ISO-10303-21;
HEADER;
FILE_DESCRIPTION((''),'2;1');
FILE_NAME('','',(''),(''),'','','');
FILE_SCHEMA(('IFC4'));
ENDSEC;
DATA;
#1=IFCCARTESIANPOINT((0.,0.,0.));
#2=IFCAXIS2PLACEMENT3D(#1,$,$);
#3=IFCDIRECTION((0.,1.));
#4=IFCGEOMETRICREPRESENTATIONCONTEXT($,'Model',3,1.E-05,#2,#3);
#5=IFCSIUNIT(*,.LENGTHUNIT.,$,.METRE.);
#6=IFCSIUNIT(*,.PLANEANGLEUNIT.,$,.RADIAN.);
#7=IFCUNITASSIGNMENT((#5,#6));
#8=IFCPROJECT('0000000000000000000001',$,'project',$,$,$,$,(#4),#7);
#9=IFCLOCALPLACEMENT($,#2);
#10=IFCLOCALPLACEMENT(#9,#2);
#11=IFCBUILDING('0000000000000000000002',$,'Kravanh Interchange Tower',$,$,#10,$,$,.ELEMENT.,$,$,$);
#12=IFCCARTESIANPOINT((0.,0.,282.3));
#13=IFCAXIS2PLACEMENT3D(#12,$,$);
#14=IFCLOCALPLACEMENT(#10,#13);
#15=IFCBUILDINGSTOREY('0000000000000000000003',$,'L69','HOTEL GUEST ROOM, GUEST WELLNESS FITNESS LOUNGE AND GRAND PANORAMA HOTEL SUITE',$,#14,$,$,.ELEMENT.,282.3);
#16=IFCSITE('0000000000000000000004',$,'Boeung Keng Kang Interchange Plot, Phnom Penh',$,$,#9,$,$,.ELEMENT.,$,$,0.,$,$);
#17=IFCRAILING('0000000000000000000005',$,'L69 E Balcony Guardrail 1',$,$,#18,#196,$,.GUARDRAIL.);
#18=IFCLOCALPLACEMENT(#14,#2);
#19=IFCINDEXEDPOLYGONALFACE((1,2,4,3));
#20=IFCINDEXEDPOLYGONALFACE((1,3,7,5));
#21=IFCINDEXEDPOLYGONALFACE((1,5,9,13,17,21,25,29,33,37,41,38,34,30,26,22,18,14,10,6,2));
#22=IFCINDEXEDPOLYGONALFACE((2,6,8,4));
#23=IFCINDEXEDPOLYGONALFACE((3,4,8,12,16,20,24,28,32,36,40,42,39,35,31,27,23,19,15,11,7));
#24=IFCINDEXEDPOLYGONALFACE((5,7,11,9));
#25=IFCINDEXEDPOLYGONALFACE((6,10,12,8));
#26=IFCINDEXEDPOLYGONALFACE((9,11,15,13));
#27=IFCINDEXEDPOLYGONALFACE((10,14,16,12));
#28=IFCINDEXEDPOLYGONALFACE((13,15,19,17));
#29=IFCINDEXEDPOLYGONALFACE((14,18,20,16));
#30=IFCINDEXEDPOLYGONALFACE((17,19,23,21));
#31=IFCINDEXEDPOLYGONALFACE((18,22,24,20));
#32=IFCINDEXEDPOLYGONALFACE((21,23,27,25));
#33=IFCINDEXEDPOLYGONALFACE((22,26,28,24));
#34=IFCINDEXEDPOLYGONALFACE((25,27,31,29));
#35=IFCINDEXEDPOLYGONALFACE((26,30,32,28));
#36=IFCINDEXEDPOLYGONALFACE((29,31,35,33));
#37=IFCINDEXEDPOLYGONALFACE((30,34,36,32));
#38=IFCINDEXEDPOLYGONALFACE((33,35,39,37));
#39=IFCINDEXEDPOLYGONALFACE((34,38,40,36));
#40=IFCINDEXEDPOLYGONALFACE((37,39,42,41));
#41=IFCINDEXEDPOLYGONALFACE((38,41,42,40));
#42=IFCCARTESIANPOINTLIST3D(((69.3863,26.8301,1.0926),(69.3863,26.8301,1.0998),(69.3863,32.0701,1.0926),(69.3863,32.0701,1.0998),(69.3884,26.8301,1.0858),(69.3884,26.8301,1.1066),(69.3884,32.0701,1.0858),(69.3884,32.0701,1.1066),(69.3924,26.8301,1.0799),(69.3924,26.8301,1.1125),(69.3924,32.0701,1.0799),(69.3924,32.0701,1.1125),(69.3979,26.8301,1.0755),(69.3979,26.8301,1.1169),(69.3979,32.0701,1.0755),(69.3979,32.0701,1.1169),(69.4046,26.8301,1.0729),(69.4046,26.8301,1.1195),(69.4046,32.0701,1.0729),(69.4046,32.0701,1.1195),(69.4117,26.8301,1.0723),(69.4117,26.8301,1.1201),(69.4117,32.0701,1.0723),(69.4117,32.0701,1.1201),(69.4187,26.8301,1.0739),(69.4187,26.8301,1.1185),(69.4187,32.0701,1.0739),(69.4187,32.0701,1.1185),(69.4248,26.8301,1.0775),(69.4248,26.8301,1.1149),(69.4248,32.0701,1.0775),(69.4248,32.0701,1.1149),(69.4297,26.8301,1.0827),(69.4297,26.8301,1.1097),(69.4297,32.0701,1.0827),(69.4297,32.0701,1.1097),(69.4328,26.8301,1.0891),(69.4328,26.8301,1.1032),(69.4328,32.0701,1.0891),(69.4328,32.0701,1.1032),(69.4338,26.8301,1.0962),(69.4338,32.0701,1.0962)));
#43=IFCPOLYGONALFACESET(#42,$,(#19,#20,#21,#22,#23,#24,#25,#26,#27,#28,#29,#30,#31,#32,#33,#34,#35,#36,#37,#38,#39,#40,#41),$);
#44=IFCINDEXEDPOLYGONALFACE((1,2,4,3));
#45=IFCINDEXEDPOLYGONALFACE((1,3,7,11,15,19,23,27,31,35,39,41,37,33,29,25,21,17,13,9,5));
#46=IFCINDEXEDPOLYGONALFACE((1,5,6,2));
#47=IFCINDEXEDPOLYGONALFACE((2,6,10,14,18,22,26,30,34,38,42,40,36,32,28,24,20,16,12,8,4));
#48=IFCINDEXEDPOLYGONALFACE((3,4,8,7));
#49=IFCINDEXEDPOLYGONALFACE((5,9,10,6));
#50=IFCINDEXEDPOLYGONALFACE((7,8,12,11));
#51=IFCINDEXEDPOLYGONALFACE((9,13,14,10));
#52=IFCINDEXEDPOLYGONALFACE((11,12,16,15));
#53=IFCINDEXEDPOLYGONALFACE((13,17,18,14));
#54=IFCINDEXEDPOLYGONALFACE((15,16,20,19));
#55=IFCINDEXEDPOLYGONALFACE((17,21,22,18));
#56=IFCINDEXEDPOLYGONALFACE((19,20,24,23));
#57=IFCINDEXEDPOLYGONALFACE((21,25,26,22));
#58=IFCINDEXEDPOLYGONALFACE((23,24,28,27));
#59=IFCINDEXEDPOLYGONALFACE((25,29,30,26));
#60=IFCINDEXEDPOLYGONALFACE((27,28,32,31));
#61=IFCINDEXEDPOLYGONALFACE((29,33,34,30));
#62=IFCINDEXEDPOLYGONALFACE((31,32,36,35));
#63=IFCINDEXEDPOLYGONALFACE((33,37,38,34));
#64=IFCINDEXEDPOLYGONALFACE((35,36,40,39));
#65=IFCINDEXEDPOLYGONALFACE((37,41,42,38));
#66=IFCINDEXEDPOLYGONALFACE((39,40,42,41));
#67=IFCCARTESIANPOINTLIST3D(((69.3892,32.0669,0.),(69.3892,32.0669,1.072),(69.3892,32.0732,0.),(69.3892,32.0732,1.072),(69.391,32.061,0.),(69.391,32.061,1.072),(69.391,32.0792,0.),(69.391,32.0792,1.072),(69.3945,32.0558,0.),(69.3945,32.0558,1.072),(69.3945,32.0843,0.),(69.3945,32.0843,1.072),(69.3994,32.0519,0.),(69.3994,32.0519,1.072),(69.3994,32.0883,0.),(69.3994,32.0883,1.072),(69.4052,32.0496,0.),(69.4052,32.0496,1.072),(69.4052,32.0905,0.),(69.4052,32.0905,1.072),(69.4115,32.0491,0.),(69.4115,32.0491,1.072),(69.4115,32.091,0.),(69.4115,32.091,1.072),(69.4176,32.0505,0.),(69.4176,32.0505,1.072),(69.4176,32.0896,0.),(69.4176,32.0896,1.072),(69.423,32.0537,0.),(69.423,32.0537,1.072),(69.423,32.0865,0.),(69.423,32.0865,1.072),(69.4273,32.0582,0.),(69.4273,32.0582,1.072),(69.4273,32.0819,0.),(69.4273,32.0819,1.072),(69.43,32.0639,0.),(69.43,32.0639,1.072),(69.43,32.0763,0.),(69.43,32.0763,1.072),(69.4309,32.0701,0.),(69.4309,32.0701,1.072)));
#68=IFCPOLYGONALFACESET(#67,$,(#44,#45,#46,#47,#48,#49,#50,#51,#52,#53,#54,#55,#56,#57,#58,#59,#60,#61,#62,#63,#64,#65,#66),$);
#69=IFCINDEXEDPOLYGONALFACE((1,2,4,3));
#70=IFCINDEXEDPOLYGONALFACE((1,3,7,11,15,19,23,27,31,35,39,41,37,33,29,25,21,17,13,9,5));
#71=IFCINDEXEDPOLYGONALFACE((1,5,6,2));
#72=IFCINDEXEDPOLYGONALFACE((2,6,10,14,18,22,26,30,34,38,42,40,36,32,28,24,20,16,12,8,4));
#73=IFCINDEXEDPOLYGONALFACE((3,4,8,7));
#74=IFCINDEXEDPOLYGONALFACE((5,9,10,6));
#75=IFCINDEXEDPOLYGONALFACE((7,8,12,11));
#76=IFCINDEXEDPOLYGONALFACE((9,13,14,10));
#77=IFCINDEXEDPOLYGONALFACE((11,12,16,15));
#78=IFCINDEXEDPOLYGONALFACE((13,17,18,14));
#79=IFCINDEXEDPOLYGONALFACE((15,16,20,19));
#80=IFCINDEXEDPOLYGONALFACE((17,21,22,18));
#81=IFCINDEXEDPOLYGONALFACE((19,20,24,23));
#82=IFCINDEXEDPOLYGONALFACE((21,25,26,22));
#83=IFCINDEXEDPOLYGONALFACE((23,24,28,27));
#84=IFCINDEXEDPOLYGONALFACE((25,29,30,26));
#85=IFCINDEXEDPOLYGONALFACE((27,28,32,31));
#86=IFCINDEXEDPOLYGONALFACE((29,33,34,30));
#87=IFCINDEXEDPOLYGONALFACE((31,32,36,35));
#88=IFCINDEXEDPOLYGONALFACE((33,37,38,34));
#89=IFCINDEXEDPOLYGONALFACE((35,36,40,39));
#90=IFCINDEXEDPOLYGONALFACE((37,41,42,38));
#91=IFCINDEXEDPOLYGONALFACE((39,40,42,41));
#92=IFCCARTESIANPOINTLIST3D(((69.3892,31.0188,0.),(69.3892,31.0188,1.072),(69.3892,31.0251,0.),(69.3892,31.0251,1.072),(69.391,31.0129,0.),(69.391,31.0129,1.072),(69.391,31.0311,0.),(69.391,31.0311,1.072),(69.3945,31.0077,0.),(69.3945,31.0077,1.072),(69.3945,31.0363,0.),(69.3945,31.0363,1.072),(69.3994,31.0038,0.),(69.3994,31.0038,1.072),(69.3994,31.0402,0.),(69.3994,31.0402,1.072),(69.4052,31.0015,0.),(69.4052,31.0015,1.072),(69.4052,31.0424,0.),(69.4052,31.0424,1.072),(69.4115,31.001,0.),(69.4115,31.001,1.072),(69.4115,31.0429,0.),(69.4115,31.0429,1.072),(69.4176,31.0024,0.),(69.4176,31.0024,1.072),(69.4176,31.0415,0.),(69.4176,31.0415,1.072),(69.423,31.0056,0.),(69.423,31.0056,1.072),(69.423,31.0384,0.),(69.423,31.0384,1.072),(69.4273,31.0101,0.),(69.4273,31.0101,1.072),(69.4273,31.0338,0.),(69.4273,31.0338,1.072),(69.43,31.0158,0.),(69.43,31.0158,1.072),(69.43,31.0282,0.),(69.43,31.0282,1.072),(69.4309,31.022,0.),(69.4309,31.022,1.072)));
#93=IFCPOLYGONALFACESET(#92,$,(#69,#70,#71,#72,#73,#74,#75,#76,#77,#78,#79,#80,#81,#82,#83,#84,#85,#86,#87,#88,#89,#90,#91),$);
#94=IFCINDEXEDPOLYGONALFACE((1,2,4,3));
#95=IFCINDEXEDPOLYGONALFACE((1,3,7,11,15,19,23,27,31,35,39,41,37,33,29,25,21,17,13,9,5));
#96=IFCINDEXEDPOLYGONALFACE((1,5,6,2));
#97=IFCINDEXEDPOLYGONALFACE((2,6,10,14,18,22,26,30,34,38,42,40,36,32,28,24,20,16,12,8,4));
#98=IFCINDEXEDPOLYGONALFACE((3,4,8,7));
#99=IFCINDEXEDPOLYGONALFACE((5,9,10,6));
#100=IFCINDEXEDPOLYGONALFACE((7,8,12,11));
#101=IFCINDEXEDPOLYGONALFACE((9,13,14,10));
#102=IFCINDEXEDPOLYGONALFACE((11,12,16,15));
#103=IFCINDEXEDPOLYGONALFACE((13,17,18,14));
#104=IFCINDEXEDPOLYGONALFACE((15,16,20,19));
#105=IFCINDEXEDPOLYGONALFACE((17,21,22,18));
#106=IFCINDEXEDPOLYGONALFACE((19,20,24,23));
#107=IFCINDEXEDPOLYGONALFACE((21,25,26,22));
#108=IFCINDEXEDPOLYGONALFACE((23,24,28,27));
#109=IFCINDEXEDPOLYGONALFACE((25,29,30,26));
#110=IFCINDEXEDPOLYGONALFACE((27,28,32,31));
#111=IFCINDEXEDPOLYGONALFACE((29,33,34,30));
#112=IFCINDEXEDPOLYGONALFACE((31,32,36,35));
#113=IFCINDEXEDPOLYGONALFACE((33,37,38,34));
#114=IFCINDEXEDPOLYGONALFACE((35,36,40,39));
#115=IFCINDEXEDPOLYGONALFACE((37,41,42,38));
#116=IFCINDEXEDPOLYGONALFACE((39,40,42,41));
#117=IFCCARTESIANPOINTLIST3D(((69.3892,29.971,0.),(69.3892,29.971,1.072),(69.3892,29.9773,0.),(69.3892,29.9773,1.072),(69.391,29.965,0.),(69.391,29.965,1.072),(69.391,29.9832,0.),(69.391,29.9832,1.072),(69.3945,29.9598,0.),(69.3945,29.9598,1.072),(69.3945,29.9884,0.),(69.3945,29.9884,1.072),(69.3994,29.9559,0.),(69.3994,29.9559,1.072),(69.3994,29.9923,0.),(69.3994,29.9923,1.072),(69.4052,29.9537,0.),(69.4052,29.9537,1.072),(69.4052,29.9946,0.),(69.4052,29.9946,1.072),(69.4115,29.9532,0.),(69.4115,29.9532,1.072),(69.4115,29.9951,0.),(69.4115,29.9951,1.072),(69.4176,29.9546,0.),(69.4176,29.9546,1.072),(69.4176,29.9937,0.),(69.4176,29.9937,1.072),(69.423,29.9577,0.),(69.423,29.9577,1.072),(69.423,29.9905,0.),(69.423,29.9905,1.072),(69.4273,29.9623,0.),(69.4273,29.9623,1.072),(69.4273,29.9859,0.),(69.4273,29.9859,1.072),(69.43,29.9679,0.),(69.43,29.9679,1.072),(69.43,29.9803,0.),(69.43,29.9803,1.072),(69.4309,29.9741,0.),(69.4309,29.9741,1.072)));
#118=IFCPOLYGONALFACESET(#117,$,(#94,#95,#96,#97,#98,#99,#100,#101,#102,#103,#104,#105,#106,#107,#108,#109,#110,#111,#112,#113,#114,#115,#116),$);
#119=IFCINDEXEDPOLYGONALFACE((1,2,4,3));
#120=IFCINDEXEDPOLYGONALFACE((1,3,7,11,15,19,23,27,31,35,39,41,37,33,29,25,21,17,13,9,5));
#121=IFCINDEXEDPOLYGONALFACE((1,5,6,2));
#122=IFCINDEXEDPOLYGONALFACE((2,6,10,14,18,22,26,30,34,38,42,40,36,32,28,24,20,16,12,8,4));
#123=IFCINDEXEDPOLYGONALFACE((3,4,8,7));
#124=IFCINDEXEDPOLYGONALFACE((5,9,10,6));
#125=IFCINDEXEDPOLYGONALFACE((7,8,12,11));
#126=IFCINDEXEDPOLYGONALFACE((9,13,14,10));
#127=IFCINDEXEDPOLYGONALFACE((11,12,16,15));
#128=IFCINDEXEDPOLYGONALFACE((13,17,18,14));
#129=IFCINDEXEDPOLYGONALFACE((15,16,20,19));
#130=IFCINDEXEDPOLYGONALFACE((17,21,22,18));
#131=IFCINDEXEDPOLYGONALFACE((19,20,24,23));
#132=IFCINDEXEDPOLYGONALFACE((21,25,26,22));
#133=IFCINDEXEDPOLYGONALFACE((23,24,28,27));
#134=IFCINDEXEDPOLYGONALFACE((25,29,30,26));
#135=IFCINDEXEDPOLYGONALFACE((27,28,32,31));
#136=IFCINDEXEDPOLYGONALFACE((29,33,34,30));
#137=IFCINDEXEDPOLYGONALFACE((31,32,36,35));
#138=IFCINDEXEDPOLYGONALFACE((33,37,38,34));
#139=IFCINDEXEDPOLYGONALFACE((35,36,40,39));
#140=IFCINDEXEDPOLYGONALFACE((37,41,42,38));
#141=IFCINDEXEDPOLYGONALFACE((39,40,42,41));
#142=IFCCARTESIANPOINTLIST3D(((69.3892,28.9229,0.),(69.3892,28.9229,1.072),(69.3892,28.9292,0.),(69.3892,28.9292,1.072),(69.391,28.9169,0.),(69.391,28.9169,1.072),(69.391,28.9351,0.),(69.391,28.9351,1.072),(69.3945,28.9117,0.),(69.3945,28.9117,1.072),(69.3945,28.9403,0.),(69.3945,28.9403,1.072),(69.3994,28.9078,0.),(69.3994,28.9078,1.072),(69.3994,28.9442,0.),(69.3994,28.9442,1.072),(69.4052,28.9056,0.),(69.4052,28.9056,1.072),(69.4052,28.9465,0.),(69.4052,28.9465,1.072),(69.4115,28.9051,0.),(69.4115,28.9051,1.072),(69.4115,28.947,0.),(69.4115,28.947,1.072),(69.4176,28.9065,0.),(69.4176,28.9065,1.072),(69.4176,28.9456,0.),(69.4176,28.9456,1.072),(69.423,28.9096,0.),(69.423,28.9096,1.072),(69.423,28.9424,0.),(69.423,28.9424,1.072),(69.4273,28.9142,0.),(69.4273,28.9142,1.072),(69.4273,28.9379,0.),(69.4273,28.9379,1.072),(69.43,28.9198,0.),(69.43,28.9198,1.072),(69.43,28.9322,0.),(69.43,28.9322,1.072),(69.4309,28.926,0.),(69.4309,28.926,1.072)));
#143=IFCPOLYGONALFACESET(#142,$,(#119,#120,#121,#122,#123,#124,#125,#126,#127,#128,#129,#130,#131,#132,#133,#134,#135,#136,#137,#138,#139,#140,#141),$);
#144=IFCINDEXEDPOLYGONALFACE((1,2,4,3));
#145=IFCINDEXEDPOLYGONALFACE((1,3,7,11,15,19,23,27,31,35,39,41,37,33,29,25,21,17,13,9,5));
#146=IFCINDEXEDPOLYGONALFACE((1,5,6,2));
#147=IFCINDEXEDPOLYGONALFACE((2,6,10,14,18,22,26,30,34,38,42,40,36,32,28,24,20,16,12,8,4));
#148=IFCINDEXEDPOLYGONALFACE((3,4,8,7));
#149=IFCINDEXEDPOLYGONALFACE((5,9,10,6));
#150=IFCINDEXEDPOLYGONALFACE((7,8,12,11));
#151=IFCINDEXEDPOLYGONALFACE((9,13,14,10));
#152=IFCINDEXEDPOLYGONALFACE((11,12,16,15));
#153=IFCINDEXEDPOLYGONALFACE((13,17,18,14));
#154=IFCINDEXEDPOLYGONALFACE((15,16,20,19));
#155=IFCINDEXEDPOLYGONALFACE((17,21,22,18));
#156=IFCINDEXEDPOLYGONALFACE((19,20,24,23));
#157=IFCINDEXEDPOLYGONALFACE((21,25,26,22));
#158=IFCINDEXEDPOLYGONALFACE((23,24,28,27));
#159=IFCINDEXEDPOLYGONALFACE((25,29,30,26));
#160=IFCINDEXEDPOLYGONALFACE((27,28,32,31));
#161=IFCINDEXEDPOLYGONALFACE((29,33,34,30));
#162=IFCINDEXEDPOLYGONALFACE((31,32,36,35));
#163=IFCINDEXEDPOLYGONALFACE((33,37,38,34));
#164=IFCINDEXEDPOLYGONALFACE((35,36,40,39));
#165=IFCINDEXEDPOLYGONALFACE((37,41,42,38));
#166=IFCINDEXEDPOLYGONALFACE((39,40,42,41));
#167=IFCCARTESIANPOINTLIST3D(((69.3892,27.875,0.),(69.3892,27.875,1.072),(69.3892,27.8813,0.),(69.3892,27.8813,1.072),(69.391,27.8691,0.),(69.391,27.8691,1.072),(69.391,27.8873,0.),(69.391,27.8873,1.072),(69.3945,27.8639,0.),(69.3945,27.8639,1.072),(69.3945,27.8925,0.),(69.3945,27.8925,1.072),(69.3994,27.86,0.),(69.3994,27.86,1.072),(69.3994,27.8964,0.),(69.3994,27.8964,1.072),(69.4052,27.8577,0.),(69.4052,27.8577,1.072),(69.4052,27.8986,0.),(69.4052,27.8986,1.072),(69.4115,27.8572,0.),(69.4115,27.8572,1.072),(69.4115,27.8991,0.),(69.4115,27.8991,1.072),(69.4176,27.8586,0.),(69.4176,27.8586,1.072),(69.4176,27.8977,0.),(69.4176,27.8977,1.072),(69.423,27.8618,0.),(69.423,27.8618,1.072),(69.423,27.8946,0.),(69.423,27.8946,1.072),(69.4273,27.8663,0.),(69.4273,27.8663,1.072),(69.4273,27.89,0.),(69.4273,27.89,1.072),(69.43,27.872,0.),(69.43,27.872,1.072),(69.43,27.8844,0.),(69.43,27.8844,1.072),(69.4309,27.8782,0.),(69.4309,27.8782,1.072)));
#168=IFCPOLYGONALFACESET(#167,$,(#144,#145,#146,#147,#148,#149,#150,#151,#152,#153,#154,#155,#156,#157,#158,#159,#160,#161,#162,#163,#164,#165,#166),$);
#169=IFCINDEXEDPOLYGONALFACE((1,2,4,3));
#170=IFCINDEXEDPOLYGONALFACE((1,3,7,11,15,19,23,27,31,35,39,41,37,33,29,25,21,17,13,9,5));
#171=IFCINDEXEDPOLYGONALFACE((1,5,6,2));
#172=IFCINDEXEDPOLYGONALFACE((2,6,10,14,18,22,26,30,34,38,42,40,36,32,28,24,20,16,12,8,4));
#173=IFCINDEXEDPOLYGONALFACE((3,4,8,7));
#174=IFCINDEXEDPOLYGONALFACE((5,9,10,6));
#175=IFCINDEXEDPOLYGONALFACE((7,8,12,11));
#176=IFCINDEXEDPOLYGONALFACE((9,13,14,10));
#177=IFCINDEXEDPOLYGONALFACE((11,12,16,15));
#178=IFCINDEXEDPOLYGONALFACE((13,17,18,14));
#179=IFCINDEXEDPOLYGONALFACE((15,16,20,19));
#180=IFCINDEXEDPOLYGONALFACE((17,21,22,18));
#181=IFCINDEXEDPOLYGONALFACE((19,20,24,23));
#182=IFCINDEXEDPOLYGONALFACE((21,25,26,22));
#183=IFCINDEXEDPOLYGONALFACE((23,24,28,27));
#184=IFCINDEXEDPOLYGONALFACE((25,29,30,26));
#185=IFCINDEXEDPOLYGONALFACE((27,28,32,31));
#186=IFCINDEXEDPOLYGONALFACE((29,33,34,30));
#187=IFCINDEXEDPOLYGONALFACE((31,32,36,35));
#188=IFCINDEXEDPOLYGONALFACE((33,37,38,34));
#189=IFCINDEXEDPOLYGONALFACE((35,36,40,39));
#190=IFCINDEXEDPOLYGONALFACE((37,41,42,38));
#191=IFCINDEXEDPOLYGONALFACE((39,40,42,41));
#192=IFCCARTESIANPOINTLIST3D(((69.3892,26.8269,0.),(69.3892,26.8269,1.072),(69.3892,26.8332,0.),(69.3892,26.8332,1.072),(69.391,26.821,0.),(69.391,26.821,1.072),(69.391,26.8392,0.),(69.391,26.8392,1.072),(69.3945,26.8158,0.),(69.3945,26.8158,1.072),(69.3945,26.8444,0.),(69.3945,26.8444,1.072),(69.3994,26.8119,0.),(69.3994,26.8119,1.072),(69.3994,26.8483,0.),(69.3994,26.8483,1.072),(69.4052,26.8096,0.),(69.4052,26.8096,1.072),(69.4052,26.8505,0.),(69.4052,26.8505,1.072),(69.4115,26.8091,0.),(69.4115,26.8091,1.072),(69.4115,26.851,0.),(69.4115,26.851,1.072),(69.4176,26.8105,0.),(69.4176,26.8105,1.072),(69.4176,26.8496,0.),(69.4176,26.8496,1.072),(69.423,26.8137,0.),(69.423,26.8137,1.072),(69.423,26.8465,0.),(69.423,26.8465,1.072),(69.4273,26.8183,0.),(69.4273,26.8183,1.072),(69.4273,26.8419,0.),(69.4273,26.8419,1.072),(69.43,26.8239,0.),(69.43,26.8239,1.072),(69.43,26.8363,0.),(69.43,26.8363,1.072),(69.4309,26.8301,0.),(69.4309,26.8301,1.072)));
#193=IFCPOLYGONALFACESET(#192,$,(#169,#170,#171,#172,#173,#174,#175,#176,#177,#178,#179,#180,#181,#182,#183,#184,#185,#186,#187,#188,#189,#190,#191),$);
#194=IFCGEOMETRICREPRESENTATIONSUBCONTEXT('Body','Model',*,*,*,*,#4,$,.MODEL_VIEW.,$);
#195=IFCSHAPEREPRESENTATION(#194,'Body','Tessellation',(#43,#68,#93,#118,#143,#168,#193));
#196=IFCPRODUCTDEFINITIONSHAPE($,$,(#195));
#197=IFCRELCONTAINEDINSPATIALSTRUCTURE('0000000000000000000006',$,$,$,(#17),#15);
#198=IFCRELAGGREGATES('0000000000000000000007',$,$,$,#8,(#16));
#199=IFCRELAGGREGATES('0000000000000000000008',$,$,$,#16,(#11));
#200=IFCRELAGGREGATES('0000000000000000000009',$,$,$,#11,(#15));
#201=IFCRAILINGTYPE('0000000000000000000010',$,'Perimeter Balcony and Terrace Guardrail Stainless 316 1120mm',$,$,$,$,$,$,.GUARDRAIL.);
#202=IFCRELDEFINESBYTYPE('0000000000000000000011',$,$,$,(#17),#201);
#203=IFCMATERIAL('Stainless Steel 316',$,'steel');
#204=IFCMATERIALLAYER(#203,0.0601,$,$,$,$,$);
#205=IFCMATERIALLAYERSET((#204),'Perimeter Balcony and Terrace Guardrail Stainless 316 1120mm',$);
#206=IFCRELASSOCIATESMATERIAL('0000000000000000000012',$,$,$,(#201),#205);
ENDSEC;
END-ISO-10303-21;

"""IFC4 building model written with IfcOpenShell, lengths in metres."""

from ifc_helpers import new_model, si_unit, direction, frame, origin, origin_2d, place, context, subcontext, project, spatial, circle, extrude, material, layer, layer_set, type_object, element, save


model = new_model("IFC4")

# Units and contexts
model_context = context("Model", 3, precision=1e-05, world=origin(), true_north=direction((0.0, 1.0)))
body_context = subcontext(model_context, "Body", "Model", "MODEL_VIEW")
ifc_project = project(units=[si_unit("LENGTHUNIT", "METRE"), si_unit("PLANEANGLEUNIT", "RADIAN")], contexts=[model_context])

# Site, building, storey
site_placement = place(None, origin())
site = spatial("IfcSite", under=ifc_project, at=site_placement, Name="Boeung Keng Kang Interchange Plot, Phnom Penh", CompositionType="ELEMENT", RefElevation=0.0)
building_placement = place(site_placement, origin())
building = spatial("IfcBuilding", under=site, at=building_placement, Name="Kravanh Interchange Tower", CompositionType="ELEMENT")
storey_placement = place(building_placement, frame((0.0, 0.0, 282.3)))
storey = spatial("IfcBuildingStorey", under=building, at=storey_placement, Name="L69", Description="HOTEL GUEST ROOM, GUEST WELLNESS FITNESS LOUNGE AND GRAND PANORAMA HOTEL SUITE", CompositionType="ELEMENT", Elevation=282.3)

# Railing
ifc_material_1 = material(Name="Stainless Steel 316", Category="steel")
ifc_layer_1 = layer(ifc_material_1, 0.0601)
ifc_layer_set_1 = layer_set([ifc_layer_1], Name="Perimeter Balcony and Terrace Guardrail Stainless 316 1120mm")
railing_type_1 = type_object("IfcRailingType", Name="Perimeter Balcony and Terrace Guardrail Stainless 316 1120mm", PredefinedType="GUARDRAIL", material=ifc_layer_set_1)
railing_1_placement = place(storey_placement, frame((69.4099, 32.0701, 0.0)))
element("IfcRailing", 1, at=railing_1_placement, inside=storey, type_object=railing_type_1, Name="L69 E Balcony Guardrail 1", PredefinedType="GUARDRAIL", context=body_context, shape_type="SweptSolid", body=[
    extrude(circle(Radius=0.0239, at=origin_2d()), frame((0.0, 0.0, 1.0962), z_axis=(0.0, -1.0, 0.0), x_axis=(1.0, 0.0, 0.0)), (0.0, 0.0, 1.0), 5.24),
    extrude(circle(Radius=0.021, at=origin_2d()), origin(), (0.0, 0.0, 1.0), 1.072),
    extrude(circle(Radius=0.021, at=origin_2d()), frame((0.0, -1.0481, 0.0)), (0.0, 0.0, 1.0), 1.072),
    extrude(circle(Radius=0.021, at=origin_2d()), frame((0.0, -2.0959, 0.0)), (0.0, 0.0, 1.0), 1.072),
    extrude(circle(Radius=0.021, at=origin_2d()), frame((0.0, -3.144, 0.0)), (0.0, 0.0, 1.0), 1.072),
    extrude(circle(Radius=0.021, at=origin_2d()), frame((0.0, -4.1919, 0.0)), (0.0, 0.0, 1.0), 1.072),
    extrude(circle(Radius=0.021, at=origin_2d()), frame((0.0, -5.24, 0.0)), (0.0, 0.0, 1.0), 1.072),
])

save(model, "model.ifc")
